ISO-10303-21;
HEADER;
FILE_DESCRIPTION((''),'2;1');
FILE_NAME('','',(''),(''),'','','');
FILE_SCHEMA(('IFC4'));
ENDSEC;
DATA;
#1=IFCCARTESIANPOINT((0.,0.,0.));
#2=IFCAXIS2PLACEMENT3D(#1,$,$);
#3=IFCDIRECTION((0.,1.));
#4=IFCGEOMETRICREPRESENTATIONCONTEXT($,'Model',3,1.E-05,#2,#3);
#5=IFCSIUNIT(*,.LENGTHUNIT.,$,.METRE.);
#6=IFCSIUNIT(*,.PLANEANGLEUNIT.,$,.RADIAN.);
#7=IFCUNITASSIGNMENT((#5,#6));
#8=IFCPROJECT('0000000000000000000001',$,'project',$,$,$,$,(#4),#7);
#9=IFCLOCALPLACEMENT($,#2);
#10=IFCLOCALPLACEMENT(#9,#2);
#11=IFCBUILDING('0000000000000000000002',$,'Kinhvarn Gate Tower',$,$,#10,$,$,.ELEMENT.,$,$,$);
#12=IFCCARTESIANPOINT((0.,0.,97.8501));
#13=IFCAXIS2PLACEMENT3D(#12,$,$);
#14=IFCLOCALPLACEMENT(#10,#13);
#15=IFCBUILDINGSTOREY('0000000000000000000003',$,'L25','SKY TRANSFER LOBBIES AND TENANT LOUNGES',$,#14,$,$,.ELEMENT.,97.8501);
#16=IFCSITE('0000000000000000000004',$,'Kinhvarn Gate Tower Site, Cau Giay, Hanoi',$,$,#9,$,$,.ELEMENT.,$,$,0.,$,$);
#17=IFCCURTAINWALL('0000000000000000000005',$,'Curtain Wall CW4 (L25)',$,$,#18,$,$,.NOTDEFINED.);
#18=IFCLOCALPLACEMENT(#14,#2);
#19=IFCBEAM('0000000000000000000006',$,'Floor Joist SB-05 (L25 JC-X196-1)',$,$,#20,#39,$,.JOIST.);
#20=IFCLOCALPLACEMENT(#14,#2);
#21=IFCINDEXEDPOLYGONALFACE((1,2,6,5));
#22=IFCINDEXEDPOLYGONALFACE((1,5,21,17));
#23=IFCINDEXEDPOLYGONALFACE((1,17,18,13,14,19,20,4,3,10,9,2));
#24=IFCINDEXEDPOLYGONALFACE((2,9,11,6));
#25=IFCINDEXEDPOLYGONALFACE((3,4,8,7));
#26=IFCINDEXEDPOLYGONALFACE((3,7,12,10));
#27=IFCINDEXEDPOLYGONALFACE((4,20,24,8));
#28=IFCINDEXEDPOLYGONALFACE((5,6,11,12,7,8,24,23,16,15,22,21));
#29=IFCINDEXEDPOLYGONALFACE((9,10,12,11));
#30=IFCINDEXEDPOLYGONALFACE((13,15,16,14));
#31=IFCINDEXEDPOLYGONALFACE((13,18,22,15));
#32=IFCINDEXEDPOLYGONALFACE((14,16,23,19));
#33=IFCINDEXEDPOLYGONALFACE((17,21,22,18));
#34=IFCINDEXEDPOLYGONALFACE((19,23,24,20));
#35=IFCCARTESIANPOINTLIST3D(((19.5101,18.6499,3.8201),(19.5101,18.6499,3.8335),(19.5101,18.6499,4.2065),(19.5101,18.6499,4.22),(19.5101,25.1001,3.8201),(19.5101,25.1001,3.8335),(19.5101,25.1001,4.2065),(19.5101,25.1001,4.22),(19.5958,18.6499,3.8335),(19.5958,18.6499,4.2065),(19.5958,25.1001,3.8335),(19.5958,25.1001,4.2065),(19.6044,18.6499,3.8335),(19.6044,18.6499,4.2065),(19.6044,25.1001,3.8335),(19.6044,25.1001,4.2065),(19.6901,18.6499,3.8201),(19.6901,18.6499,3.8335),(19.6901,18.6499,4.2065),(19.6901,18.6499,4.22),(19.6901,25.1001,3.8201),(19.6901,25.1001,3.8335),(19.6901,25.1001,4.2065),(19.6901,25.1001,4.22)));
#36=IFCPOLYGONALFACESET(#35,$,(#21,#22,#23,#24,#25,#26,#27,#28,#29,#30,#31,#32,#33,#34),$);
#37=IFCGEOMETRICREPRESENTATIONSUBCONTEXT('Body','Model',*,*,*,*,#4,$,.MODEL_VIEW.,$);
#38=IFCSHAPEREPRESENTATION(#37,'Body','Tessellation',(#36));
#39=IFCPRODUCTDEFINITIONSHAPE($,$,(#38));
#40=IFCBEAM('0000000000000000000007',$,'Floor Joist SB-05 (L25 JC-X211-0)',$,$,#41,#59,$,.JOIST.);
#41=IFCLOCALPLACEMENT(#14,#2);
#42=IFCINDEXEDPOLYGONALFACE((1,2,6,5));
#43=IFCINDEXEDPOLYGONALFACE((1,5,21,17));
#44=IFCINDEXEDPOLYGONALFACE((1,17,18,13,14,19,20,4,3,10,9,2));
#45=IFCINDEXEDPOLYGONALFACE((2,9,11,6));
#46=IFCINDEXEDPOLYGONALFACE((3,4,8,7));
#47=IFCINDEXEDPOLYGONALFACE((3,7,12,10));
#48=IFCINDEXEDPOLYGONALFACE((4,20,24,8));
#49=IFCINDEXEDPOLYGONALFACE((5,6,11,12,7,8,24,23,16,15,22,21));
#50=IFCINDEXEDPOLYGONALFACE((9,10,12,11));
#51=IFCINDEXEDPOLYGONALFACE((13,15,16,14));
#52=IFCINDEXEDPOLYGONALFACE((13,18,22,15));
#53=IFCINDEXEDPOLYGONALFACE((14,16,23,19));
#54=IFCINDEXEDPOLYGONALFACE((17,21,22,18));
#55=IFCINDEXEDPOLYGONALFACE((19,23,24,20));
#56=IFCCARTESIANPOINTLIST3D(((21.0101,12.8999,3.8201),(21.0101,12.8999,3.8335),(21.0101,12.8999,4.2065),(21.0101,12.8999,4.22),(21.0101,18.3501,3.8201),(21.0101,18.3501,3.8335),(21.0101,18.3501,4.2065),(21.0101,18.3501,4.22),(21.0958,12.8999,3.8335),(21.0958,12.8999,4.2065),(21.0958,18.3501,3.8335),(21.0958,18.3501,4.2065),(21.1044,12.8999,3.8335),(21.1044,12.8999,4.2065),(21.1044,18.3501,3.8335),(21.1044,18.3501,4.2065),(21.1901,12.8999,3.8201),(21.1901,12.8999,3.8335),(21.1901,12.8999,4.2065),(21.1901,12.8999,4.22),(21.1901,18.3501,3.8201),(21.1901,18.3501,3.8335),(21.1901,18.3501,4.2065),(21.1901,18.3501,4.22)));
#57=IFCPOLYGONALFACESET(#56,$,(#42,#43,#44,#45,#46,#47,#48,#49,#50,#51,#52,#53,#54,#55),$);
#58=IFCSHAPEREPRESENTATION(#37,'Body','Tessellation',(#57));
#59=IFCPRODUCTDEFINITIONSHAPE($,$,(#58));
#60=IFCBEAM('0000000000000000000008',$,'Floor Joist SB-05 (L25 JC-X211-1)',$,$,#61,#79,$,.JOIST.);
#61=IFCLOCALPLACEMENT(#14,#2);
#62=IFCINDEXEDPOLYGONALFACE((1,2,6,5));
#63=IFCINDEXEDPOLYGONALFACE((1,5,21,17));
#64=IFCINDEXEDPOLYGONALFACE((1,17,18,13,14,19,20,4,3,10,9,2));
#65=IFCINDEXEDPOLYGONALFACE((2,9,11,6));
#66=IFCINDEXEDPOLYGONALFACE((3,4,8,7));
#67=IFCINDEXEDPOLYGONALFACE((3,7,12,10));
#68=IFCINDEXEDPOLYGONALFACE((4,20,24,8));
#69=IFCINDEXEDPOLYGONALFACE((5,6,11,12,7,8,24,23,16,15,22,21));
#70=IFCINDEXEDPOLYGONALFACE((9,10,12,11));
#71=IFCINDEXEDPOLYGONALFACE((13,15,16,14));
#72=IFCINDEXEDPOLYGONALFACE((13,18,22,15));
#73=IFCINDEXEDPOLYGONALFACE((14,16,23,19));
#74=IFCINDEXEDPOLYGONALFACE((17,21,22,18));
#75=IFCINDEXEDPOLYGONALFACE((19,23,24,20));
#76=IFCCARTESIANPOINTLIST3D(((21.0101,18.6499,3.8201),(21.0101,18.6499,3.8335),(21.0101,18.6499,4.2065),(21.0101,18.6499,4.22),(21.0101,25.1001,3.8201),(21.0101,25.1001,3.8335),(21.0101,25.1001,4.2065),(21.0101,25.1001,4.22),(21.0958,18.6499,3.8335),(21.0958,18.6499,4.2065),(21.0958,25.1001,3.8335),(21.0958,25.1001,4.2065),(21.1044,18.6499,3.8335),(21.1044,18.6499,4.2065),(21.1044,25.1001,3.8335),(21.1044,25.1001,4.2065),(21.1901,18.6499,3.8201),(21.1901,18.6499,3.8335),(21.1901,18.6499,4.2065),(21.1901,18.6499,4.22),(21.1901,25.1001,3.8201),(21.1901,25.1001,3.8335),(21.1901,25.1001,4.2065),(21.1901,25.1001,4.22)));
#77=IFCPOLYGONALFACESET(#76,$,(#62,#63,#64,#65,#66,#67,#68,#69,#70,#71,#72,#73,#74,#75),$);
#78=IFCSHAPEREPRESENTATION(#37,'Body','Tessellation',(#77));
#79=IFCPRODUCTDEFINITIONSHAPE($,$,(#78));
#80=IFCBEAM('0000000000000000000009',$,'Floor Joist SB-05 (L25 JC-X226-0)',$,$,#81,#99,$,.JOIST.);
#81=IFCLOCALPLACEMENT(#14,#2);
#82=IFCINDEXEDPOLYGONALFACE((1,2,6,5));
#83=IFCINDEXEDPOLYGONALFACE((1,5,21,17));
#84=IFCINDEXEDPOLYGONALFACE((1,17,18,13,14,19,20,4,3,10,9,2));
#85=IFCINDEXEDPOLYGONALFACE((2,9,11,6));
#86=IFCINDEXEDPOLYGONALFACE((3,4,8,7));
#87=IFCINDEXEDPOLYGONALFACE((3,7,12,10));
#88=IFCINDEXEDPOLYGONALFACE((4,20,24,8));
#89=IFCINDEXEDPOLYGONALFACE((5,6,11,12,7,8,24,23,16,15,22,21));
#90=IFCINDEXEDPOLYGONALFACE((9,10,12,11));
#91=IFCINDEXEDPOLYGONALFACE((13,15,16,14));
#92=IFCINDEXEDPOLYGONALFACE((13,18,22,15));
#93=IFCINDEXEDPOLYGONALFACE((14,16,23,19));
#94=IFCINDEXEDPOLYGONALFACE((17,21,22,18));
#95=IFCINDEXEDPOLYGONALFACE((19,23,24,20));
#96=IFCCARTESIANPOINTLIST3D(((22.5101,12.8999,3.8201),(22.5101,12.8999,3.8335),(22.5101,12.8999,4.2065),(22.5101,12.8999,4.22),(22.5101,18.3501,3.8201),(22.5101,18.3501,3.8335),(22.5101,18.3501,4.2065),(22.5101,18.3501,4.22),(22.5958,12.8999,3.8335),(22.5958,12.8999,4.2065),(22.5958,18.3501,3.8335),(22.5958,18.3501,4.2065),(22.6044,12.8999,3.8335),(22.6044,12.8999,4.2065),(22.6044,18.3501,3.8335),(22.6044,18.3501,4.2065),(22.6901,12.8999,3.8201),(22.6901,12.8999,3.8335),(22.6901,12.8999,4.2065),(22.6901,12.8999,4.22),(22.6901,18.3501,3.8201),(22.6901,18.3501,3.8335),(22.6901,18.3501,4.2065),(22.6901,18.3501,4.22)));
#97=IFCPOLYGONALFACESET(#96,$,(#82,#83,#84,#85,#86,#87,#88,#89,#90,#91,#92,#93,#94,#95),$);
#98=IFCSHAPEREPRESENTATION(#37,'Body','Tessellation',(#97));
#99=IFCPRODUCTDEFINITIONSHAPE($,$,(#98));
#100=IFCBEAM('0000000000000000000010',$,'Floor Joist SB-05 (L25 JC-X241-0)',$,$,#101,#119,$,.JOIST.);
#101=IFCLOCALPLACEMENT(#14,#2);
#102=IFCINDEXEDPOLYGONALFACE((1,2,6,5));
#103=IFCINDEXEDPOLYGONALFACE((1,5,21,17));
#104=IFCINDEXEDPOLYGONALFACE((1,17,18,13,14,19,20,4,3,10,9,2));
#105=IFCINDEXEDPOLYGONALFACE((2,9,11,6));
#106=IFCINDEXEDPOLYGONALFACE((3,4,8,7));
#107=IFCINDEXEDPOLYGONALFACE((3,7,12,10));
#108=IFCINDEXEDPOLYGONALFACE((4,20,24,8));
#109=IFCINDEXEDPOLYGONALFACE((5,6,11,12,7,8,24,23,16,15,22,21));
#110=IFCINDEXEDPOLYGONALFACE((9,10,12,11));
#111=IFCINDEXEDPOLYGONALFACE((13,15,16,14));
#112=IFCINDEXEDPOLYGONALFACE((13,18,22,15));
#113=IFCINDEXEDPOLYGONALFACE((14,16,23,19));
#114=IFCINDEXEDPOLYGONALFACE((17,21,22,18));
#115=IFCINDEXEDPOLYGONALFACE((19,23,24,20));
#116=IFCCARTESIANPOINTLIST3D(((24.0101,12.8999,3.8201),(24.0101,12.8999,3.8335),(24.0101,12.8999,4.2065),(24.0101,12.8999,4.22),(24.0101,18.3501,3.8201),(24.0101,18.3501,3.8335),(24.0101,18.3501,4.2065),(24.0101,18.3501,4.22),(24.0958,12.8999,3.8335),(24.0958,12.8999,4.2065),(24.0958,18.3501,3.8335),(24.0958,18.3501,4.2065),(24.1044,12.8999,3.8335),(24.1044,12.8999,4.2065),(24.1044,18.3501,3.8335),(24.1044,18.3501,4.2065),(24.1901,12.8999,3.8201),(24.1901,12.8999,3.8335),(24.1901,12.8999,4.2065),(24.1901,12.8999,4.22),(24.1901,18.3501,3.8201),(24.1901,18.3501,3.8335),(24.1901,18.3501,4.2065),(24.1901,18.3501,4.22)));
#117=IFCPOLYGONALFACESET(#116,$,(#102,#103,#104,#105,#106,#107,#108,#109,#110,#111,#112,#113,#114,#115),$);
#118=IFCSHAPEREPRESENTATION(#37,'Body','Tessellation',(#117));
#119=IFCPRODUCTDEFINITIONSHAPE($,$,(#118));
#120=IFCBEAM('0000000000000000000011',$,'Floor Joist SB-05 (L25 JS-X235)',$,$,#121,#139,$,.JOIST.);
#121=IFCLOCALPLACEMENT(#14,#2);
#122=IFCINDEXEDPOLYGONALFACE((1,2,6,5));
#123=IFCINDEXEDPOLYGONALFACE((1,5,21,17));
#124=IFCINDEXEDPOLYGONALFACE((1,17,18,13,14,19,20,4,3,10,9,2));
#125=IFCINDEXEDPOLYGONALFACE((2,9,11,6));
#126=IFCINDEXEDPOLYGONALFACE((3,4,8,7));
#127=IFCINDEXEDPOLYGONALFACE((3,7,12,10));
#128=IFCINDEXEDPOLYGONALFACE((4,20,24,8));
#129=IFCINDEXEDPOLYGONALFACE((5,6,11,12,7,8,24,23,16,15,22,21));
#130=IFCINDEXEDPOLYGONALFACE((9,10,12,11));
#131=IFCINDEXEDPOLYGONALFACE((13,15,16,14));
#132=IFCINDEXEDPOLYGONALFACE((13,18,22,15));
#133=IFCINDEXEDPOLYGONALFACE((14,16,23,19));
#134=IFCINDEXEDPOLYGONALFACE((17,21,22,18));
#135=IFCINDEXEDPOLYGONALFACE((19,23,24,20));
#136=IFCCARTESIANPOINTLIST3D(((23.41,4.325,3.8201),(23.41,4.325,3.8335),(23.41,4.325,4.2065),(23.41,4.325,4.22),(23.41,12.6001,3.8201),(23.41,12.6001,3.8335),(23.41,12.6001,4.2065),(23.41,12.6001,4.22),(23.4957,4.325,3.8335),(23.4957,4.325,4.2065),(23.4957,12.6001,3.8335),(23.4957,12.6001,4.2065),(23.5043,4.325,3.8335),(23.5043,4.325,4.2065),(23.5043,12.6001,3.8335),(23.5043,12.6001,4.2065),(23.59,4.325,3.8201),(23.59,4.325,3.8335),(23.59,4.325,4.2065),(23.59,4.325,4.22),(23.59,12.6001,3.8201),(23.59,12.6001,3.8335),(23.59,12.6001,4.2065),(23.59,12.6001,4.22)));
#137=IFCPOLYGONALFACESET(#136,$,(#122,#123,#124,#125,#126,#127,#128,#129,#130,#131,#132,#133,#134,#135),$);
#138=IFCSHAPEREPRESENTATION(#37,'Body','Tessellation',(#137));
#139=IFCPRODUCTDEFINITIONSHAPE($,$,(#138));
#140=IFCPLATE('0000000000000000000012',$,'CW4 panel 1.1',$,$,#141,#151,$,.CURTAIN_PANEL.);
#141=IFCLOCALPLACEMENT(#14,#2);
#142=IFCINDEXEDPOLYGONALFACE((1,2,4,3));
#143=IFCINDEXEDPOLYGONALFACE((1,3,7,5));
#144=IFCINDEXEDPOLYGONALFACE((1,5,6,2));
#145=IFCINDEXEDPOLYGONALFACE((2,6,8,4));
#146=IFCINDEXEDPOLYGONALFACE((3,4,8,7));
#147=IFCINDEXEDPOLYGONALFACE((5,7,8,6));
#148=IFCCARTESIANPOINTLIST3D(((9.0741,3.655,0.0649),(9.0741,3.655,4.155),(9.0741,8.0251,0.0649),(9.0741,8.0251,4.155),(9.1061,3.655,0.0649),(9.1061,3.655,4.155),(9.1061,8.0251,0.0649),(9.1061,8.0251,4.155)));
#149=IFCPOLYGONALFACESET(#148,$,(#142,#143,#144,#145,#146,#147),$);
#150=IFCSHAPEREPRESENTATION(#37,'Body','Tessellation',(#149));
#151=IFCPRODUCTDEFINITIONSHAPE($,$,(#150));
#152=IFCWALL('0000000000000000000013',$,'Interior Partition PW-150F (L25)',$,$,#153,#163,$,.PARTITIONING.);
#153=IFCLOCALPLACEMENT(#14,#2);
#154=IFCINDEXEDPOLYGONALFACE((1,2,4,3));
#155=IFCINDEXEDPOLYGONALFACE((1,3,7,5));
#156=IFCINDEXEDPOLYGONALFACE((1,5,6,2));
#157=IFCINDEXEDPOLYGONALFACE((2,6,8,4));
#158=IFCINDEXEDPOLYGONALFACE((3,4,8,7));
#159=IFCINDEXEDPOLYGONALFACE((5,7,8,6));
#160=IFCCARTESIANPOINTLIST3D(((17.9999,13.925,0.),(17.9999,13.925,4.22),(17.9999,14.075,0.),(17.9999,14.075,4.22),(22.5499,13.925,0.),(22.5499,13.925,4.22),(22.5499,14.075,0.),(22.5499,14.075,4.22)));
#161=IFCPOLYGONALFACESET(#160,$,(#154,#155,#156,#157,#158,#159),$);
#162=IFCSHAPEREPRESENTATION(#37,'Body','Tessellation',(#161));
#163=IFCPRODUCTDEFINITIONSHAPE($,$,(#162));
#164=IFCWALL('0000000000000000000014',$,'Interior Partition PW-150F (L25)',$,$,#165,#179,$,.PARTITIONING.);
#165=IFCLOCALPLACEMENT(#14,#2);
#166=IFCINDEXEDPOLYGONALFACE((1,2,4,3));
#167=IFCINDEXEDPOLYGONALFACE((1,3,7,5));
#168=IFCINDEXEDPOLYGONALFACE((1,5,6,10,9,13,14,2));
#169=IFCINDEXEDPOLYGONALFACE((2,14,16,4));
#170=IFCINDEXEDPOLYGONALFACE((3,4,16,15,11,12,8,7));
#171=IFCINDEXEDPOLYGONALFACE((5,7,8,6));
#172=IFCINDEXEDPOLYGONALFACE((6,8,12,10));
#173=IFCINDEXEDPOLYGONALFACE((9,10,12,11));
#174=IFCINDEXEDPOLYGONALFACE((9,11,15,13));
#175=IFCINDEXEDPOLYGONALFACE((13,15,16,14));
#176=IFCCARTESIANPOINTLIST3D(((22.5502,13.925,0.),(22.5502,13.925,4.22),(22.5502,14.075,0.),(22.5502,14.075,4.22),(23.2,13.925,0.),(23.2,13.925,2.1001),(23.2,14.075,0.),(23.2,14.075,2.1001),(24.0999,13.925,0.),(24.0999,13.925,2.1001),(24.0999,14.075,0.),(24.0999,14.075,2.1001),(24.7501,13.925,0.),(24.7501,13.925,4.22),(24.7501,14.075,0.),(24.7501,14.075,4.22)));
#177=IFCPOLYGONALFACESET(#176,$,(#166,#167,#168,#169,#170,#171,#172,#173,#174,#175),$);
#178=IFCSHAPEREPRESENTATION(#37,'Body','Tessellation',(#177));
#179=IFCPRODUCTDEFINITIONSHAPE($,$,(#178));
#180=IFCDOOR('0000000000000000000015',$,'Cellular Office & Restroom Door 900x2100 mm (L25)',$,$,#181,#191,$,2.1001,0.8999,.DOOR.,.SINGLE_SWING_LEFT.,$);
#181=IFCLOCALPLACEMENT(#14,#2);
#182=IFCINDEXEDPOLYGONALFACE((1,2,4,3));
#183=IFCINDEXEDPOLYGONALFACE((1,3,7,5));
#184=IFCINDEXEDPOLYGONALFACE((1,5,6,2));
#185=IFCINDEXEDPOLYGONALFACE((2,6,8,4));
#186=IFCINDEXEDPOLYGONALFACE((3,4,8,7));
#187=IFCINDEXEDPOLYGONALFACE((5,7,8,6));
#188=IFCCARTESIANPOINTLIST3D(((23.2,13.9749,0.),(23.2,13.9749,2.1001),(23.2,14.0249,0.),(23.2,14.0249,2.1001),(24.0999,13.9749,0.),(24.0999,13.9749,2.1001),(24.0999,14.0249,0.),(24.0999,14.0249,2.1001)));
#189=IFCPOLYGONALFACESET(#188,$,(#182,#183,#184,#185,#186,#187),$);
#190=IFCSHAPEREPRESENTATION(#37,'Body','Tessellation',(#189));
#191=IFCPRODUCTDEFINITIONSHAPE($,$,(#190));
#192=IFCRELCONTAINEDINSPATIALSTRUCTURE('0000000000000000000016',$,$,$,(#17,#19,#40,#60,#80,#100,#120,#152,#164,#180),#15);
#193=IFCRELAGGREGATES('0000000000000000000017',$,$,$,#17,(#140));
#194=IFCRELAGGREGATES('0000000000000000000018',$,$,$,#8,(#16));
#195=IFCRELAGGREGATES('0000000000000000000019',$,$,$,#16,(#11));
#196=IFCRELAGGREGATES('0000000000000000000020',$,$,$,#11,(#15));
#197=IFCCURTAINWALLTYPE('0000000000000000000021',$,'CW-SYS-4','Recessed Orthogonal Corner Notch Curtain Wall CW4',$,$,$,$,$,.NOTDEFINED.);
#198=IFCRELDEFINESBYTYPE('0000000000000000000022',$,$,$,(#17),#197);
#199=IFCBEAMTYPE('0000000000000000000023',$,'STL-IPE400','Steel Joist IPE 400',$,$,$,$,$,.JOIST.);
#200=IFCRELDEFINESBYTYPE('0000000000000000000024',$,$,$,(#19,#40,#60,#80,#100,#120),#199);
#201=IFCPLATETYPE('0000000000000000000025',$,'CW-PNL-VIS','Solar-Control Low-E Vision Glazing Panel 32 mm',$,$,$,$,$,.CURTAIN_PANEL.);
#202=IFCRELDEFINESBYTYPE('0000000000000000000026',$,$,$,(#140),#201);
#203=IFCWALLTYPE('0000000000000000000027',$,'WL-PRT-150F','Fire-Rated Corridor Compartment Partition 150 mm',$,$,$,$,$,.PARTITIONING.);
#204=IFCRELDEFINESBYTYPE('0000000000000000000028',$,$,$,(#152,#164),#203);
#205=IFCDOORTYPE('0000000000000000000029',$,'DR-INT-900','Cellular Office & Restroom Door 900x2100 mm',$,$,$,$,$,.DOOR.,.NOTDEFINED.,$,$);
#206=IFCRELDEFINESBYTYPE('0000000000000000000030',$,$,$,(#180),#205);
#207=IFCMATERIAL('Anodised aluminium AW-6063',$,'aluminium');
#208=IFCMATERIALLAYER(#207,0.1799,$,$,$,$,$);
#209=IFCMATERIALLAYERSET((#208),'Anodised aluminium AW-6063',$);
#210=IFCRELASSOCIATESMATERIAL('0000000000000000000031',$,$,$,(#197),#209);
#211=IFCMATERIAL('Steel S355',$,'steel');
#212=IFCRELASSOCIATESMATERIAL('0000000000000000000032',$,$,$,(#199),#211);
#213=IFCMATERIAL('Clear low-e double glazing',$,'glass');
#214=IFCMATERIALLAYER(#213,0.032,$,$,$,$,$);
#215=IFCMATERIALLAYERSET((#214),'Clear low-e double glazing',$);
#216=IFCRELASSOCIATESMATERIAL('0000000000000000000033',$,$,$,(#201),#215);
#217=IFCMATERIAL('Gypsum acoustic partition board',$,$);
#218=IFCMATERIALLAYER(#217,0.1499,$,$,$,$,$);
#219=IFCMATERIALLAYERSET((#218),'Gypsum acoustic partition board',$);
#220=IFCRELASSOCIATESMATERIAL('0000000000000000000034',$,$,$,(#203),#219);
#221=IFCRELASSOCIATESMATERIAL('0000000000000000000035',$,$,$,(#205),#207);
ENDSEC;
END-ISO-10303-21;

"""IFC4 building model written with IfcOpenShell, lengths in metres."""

from ifc_helpers import new_model, si_unit, direction, frame, frame_2d, origin, origin_2d, place, context, subcontext, project, spatial, rectangle, i_section, extrude, material, layer, layer_set, material_profile, profile_set, type_object, element, fill, aggregate, save


model = new_model("IFC4")

# Units and contexts
model_context = context("Model", 3, precision=1e-05, world=origin(), true_north=direction((0.0, 1.0)))
body_context = subcontext(model_context, "Body", "Model", "MODEL_VIEW")
ifc_project = project(units=[si_unit("LENGTHUNIT", "METRE"), si_unit("PLANEANGLEUNIT", "RADIAN")], contexts=[model_context])

# Site, building, storey
site_placement = place(None, origin())
site = spatial("IfcSite", under=ifc_project, at=site_placement, Name="Kinhvarn Gate Tower Site, Cau Giay, Hanoi", CompositionType="ELEMENT", RefElevation=0.0)
building_placement = place(site_placement, origin())
building = spatial("IfcBuilding", under=site, at=building_placement, Name="Kinhvarn Gate Tower", CompositionType="ELEMENT")
storey_placement = place(building_placement, frame((0.0, 0.0, 97.8501)))
storey = spatial("IfcBuildingStorey", under=building, at=storey_placement, Name="L25", Description="SKY TRANSFER LOBBIES AND TENANT LOUNGES", CompositionType="ELEMENT", Elevation=97.8501)

# Curtain wall
ifc_material_1 = material(Name="Anodised aluminium AW-6063", Category="aluminium")
ifc_layer_1 = layer(ifc_material_1, 0.1799)
ifc_layer_set_1 = layer_set([ifc_layer_1], Name="Anodised aluminium AW-6063")
curtain_wall_type = type_object("IfcCurtainWallType", Name="CW-SYS-4", Description="Recessed Orthogonal Corner Notch Curtain Wall CW4", PredefinedType="NOTDEFINED", material=ifc_layer_set_1)
curtain_wall_placement = place(storey_placement, origin())
curtain_wall = element("IfcCurtainWall", 1, at=curtain_wall_placement, inside=storey, type_object=curtain_wall_type, Name="Curtain Wall CW4 (L25)", PredefinedType="NOTDEFINED")

# Beams
ifc_material_2 = material(Name="Steel S355", Category="steel")
ifc_material_profile_1 = material_profile(ifc_material_2, i_section(OverallWidth=0.1799, OverallDepth=0.3999, WebThickness=0.0085, FlangeThickness=0.0134, at=origin_2d()), Name="IPE 400")
ifc_profile_set_1 = profile_set([ifc_material_profile_1], Name="Steel S355")
beam_type_1 = type_object("IfcBeamType", Name="STL-IPE400", Description="Steel Joist IPE 400", PredefinedType="JOIST", material=ifc_profile_set_1)
beam_1_placement = place(storey_placement, frame((19.6001, 18.6499, 4.02), z_axis=(0.0, 1.0, 0.0), x_axis=(-1.0, 0.0, 0.0)))
element("IfcBeam", 2, at=beam_1_placement, inside=storey, type_object=beam_type_1, Name="Floor Joist SB-05 (L25 JC-X196-1)", PredefinedType="JOIST", context=body_context, shape_type="SweptSolid", body=[
    extrude(i_section(OverallWidth=0.1799, OverallDepth=0.3999, WebThickness=0.0085, FlangeThickness=0.0134, at=origin_2d()), origin(), (0.0, 0.0, 1.0), 6.4502),
])
beam_2_placement = place(storey_placement, frame((21.1001, 12.8999, 4.02), z_axis=(0.0, 1.0, 0.0), x_axis=(-1.0, 0.0, 0.0)))
element("IfcBeam", 3, at=beam_2_placement, inside=storey, type_object=beam_type_1, Name="Floor Joist SB-05 (L25 JC-X211-0)", PredefinedType="JOIST", context=body_context, shape_type="SweptSolid", body=[
    extrude(i_section(OverallWidth=0.1799, OverallDepth=0.3999, WebThickness=0.0085, FlangeThickness=0.0134, at=origin_2d()), origin(), (0.0, 0.0, 1.0), 5.4502),
])
beam_3_placement = place(storey_placement, frame((21.1001, 18.6499, 4.02), z_axis=(0.0, 1.0, 0.0), x_axis=(-1.0, 0.0, 0.0)))
element("IfcBeam", 4, at=beam_3_placement, inside=storey, type_object=beam_type_1, Name="Floor Joist SB-05 (L25 JC-X211-1)", PredefinedType="JOIST", context=body_context, shape_type="SweptSolid", body=[
    extrude(i_section(OverallWidth=0.1799, OverallDepth=0.3999, WebThickness=0.0085, FlangeThickness=0.0134, at=origin_2d()), origin(), (0.0, 0.0, 1.0), 6.4502),
])
for number, where, z_axis, x_axis, name in (
    (5, (22.6001, 12.8999, 4.02), (0.0, 1.0, 0.0), (-1.0, 0.0, 0.0), "Floor Joist SB-05 (L25 JC-X226-0)"),
    (6, (24.1001, 12.8999, 4.02), (0.0, 1.0, 0.0), (-1.0, 0.0, 0.0), "Floor Joist SB-05 (L25 JC-X241-0)"),
):
    element("IfcBeam", number, at=place(storey_placement, frame(where, z_axis=z_axis, x_axis=x_axis)), inside=storey, type_object=beam_type_1, Name=name, PredefinedType="JOIST", context=body_context, shape_type="SweptSolid", body=[
        extrude(i_section(OverallWidth=0.1799, OverallDepth=0.3999, WebThickness=0.0085, FlangeThickness=0.0134, at=origin_2d()), origin(), (0.0, 0.0, 1.0), 5.4502),
    ])
beam_4_placement = place(storey_placement, frame((23.5, 4.325, 4.02), z_axis=(0.0, 1.0, 0.0), x_axis=(-1.0, 0.0, 0.0)))
element("IfcBeam", 7, at=beam_4_placement, inside=storey, type_object=beam_type_1, Name="Floor Joist SB-05 (L25 JS-X235)", PredefinedType="JOIST", context=body_context, shape_type="SweptSolid", body=[
    extrude(i_section(OverallWidth=0.1799, OverallDepth=0.3999, WebThickness=0.0085, FlangeThickness=0.0134, at=origin_2d()), origin(), (0.0, 0.0, 1.0), 8.2751),
])

# Plate
ifc_material_3 = material(Name="Clear low-e double glazing", Category="glass")
ifc_layer_2 = layer(ifc_material_3, 0.032)
ifc_layer_set_2 = layer_set([ifc_layer_2], Name="Clear low-e double glazing")
plate_type = type_object("IfcPlateType", Name="CW-PNL-VIS", Description="Solar-Control Low-E Vision Glazing Panel 32 mm", PredefinedType="CURTAIN_PANEL", material=ifc_layer_set_2)
plate_placement = place(storey_placement, frame((9.0901, 5.8401, 0.0649), z_axis=(0.0, 0.0, 1.0), x_axis=(0.0, -1.0, 0.0)))
plate = element("IfcPlate", 8, at=plate_placement, type_object=plate_type, Name="CW4 panel 1.1", PredefinedType="CURTAIN_PANEL", context=body_context, shape_type="SweptSolid", body=[
    extrude(rectangle(XDim=4.3701, YDim=0.032, at=origin_2d()), origin(), (0.0, 0.0, 1.0), 4.0901),
])
aggregate(curtain_wall, [plate])

# Wall
ifc_material_4 = material(Name="Gypsum acoustic partition board")
ifc_layer_3 = layer(ifc_material_4, 0.1499)
ifc_layer_set_3 = layer_set([ifc_layer_3], Name="Gypsum acoustic partition board")
wall_type_1 = type_object("IfcWallType", Name="WL-PRT-150F", Description="Fire-Rated Corridor Compartment Partition 150 mm", PredefinedType="PARTITIONING", material=ifc_layer_set_3)
wall_1_placement = place(storey_placement, frame((18.0, 14.0, 0.0), z_axis=(0.0, 0.0, 1.0), x_axis=(1.0, 0.0, 0.0)))
element("IfcWall", 9, at=wall_1_placement, inside=storey, type_object=wall_type_1, Name="Interior Partition PW-150F (L25)", PredefinedType="PARTITIONING", context=body_context, shape_type="SweptSolid", body=[
    extrude(rectangle(XDim=4.55, YDim=0.1499, at=frame_2d((2.2749, 0.0))), origin(), (0.0, 0.0, 1.0), 4.22),
])

# Wall, opening, door
wall_2_placement = place(storey_placement, frame((22.55, 14.0, 0.0), z_axis=(0.0, 0.0, 1.0), x_axis=(1.0, 0.0, 0.0)))
wall_2 = element("IfcWall", 10, at=wall_2_placement, inside=storey, type_object=wall_type_1, Name="Interior Partition PW-150F (L25)", PredefinedType="PARTITIONING", context=body_context, shape_type="SweptSolid", body=[
    extrude(rectangle(XDim=2.2, YDim=0.1499, at=frame_2d((1.1001, 0.0))), origin(), (0.0, 0.0, 1.0), 4.22),
])
opening_1_placement = place(wall_2_placement, frame((0.6499, 0.0, 0.0)))
opening_1 = element("IfcOpeningElement", 11, at=opening_1_placement, cuts=wall_2, PredefinedType="OPENING", context=body_context, shape_type="SweptSolid", body=[
    extrude(rectangle(XDim=0.8999, YDim=2.1001, at=frame_2d((0.45, 1.05))), frame((0.0, 0.085, 0.0), z_axis=(0.0, -1.0, 0.0), x_axis=(1.0, 0.0, 0.0)), (0.0, 0.0, 1.0), 0.1699),
])
door_type_1 = type_object("IfcDoorType", Name="DR-INT-900", Description="Cellular Office & Restroom Door 900x2100 mm", OperationType="NOTDEFINED", PredefinedType="DOOR", material=ifc_material_1)
door_1_placement = place(opening_1_placement, origin())
door_1 = element("IfcDoor", 12, at=door_1_placement, inside=storey, type_object=door_type_1, Name="Cellular Office & Restroom Door 900x2100 mm (L25)", OperationType="SINGLE_SWING_LEFT", OverallHeight=2.1001, OverallWidth=0.8999, PredefinedType="DOOR", context=body_context, shape_type="SweptSolid", body=[
    extrude(rectangle(XDim=0.8999, YDim=2.1001, at=frame_2d((0.45, 1.05))), frame((0.0, 0.0249, 0.0), z_axis=(0.0, -1.0, 0.0), x_axis=(1.0, 0.0, 0.0)), (0.0, 0.0, 1.0), 0.05),
])
fill(opening_1, door_1)

save(model, "model.ifc")
